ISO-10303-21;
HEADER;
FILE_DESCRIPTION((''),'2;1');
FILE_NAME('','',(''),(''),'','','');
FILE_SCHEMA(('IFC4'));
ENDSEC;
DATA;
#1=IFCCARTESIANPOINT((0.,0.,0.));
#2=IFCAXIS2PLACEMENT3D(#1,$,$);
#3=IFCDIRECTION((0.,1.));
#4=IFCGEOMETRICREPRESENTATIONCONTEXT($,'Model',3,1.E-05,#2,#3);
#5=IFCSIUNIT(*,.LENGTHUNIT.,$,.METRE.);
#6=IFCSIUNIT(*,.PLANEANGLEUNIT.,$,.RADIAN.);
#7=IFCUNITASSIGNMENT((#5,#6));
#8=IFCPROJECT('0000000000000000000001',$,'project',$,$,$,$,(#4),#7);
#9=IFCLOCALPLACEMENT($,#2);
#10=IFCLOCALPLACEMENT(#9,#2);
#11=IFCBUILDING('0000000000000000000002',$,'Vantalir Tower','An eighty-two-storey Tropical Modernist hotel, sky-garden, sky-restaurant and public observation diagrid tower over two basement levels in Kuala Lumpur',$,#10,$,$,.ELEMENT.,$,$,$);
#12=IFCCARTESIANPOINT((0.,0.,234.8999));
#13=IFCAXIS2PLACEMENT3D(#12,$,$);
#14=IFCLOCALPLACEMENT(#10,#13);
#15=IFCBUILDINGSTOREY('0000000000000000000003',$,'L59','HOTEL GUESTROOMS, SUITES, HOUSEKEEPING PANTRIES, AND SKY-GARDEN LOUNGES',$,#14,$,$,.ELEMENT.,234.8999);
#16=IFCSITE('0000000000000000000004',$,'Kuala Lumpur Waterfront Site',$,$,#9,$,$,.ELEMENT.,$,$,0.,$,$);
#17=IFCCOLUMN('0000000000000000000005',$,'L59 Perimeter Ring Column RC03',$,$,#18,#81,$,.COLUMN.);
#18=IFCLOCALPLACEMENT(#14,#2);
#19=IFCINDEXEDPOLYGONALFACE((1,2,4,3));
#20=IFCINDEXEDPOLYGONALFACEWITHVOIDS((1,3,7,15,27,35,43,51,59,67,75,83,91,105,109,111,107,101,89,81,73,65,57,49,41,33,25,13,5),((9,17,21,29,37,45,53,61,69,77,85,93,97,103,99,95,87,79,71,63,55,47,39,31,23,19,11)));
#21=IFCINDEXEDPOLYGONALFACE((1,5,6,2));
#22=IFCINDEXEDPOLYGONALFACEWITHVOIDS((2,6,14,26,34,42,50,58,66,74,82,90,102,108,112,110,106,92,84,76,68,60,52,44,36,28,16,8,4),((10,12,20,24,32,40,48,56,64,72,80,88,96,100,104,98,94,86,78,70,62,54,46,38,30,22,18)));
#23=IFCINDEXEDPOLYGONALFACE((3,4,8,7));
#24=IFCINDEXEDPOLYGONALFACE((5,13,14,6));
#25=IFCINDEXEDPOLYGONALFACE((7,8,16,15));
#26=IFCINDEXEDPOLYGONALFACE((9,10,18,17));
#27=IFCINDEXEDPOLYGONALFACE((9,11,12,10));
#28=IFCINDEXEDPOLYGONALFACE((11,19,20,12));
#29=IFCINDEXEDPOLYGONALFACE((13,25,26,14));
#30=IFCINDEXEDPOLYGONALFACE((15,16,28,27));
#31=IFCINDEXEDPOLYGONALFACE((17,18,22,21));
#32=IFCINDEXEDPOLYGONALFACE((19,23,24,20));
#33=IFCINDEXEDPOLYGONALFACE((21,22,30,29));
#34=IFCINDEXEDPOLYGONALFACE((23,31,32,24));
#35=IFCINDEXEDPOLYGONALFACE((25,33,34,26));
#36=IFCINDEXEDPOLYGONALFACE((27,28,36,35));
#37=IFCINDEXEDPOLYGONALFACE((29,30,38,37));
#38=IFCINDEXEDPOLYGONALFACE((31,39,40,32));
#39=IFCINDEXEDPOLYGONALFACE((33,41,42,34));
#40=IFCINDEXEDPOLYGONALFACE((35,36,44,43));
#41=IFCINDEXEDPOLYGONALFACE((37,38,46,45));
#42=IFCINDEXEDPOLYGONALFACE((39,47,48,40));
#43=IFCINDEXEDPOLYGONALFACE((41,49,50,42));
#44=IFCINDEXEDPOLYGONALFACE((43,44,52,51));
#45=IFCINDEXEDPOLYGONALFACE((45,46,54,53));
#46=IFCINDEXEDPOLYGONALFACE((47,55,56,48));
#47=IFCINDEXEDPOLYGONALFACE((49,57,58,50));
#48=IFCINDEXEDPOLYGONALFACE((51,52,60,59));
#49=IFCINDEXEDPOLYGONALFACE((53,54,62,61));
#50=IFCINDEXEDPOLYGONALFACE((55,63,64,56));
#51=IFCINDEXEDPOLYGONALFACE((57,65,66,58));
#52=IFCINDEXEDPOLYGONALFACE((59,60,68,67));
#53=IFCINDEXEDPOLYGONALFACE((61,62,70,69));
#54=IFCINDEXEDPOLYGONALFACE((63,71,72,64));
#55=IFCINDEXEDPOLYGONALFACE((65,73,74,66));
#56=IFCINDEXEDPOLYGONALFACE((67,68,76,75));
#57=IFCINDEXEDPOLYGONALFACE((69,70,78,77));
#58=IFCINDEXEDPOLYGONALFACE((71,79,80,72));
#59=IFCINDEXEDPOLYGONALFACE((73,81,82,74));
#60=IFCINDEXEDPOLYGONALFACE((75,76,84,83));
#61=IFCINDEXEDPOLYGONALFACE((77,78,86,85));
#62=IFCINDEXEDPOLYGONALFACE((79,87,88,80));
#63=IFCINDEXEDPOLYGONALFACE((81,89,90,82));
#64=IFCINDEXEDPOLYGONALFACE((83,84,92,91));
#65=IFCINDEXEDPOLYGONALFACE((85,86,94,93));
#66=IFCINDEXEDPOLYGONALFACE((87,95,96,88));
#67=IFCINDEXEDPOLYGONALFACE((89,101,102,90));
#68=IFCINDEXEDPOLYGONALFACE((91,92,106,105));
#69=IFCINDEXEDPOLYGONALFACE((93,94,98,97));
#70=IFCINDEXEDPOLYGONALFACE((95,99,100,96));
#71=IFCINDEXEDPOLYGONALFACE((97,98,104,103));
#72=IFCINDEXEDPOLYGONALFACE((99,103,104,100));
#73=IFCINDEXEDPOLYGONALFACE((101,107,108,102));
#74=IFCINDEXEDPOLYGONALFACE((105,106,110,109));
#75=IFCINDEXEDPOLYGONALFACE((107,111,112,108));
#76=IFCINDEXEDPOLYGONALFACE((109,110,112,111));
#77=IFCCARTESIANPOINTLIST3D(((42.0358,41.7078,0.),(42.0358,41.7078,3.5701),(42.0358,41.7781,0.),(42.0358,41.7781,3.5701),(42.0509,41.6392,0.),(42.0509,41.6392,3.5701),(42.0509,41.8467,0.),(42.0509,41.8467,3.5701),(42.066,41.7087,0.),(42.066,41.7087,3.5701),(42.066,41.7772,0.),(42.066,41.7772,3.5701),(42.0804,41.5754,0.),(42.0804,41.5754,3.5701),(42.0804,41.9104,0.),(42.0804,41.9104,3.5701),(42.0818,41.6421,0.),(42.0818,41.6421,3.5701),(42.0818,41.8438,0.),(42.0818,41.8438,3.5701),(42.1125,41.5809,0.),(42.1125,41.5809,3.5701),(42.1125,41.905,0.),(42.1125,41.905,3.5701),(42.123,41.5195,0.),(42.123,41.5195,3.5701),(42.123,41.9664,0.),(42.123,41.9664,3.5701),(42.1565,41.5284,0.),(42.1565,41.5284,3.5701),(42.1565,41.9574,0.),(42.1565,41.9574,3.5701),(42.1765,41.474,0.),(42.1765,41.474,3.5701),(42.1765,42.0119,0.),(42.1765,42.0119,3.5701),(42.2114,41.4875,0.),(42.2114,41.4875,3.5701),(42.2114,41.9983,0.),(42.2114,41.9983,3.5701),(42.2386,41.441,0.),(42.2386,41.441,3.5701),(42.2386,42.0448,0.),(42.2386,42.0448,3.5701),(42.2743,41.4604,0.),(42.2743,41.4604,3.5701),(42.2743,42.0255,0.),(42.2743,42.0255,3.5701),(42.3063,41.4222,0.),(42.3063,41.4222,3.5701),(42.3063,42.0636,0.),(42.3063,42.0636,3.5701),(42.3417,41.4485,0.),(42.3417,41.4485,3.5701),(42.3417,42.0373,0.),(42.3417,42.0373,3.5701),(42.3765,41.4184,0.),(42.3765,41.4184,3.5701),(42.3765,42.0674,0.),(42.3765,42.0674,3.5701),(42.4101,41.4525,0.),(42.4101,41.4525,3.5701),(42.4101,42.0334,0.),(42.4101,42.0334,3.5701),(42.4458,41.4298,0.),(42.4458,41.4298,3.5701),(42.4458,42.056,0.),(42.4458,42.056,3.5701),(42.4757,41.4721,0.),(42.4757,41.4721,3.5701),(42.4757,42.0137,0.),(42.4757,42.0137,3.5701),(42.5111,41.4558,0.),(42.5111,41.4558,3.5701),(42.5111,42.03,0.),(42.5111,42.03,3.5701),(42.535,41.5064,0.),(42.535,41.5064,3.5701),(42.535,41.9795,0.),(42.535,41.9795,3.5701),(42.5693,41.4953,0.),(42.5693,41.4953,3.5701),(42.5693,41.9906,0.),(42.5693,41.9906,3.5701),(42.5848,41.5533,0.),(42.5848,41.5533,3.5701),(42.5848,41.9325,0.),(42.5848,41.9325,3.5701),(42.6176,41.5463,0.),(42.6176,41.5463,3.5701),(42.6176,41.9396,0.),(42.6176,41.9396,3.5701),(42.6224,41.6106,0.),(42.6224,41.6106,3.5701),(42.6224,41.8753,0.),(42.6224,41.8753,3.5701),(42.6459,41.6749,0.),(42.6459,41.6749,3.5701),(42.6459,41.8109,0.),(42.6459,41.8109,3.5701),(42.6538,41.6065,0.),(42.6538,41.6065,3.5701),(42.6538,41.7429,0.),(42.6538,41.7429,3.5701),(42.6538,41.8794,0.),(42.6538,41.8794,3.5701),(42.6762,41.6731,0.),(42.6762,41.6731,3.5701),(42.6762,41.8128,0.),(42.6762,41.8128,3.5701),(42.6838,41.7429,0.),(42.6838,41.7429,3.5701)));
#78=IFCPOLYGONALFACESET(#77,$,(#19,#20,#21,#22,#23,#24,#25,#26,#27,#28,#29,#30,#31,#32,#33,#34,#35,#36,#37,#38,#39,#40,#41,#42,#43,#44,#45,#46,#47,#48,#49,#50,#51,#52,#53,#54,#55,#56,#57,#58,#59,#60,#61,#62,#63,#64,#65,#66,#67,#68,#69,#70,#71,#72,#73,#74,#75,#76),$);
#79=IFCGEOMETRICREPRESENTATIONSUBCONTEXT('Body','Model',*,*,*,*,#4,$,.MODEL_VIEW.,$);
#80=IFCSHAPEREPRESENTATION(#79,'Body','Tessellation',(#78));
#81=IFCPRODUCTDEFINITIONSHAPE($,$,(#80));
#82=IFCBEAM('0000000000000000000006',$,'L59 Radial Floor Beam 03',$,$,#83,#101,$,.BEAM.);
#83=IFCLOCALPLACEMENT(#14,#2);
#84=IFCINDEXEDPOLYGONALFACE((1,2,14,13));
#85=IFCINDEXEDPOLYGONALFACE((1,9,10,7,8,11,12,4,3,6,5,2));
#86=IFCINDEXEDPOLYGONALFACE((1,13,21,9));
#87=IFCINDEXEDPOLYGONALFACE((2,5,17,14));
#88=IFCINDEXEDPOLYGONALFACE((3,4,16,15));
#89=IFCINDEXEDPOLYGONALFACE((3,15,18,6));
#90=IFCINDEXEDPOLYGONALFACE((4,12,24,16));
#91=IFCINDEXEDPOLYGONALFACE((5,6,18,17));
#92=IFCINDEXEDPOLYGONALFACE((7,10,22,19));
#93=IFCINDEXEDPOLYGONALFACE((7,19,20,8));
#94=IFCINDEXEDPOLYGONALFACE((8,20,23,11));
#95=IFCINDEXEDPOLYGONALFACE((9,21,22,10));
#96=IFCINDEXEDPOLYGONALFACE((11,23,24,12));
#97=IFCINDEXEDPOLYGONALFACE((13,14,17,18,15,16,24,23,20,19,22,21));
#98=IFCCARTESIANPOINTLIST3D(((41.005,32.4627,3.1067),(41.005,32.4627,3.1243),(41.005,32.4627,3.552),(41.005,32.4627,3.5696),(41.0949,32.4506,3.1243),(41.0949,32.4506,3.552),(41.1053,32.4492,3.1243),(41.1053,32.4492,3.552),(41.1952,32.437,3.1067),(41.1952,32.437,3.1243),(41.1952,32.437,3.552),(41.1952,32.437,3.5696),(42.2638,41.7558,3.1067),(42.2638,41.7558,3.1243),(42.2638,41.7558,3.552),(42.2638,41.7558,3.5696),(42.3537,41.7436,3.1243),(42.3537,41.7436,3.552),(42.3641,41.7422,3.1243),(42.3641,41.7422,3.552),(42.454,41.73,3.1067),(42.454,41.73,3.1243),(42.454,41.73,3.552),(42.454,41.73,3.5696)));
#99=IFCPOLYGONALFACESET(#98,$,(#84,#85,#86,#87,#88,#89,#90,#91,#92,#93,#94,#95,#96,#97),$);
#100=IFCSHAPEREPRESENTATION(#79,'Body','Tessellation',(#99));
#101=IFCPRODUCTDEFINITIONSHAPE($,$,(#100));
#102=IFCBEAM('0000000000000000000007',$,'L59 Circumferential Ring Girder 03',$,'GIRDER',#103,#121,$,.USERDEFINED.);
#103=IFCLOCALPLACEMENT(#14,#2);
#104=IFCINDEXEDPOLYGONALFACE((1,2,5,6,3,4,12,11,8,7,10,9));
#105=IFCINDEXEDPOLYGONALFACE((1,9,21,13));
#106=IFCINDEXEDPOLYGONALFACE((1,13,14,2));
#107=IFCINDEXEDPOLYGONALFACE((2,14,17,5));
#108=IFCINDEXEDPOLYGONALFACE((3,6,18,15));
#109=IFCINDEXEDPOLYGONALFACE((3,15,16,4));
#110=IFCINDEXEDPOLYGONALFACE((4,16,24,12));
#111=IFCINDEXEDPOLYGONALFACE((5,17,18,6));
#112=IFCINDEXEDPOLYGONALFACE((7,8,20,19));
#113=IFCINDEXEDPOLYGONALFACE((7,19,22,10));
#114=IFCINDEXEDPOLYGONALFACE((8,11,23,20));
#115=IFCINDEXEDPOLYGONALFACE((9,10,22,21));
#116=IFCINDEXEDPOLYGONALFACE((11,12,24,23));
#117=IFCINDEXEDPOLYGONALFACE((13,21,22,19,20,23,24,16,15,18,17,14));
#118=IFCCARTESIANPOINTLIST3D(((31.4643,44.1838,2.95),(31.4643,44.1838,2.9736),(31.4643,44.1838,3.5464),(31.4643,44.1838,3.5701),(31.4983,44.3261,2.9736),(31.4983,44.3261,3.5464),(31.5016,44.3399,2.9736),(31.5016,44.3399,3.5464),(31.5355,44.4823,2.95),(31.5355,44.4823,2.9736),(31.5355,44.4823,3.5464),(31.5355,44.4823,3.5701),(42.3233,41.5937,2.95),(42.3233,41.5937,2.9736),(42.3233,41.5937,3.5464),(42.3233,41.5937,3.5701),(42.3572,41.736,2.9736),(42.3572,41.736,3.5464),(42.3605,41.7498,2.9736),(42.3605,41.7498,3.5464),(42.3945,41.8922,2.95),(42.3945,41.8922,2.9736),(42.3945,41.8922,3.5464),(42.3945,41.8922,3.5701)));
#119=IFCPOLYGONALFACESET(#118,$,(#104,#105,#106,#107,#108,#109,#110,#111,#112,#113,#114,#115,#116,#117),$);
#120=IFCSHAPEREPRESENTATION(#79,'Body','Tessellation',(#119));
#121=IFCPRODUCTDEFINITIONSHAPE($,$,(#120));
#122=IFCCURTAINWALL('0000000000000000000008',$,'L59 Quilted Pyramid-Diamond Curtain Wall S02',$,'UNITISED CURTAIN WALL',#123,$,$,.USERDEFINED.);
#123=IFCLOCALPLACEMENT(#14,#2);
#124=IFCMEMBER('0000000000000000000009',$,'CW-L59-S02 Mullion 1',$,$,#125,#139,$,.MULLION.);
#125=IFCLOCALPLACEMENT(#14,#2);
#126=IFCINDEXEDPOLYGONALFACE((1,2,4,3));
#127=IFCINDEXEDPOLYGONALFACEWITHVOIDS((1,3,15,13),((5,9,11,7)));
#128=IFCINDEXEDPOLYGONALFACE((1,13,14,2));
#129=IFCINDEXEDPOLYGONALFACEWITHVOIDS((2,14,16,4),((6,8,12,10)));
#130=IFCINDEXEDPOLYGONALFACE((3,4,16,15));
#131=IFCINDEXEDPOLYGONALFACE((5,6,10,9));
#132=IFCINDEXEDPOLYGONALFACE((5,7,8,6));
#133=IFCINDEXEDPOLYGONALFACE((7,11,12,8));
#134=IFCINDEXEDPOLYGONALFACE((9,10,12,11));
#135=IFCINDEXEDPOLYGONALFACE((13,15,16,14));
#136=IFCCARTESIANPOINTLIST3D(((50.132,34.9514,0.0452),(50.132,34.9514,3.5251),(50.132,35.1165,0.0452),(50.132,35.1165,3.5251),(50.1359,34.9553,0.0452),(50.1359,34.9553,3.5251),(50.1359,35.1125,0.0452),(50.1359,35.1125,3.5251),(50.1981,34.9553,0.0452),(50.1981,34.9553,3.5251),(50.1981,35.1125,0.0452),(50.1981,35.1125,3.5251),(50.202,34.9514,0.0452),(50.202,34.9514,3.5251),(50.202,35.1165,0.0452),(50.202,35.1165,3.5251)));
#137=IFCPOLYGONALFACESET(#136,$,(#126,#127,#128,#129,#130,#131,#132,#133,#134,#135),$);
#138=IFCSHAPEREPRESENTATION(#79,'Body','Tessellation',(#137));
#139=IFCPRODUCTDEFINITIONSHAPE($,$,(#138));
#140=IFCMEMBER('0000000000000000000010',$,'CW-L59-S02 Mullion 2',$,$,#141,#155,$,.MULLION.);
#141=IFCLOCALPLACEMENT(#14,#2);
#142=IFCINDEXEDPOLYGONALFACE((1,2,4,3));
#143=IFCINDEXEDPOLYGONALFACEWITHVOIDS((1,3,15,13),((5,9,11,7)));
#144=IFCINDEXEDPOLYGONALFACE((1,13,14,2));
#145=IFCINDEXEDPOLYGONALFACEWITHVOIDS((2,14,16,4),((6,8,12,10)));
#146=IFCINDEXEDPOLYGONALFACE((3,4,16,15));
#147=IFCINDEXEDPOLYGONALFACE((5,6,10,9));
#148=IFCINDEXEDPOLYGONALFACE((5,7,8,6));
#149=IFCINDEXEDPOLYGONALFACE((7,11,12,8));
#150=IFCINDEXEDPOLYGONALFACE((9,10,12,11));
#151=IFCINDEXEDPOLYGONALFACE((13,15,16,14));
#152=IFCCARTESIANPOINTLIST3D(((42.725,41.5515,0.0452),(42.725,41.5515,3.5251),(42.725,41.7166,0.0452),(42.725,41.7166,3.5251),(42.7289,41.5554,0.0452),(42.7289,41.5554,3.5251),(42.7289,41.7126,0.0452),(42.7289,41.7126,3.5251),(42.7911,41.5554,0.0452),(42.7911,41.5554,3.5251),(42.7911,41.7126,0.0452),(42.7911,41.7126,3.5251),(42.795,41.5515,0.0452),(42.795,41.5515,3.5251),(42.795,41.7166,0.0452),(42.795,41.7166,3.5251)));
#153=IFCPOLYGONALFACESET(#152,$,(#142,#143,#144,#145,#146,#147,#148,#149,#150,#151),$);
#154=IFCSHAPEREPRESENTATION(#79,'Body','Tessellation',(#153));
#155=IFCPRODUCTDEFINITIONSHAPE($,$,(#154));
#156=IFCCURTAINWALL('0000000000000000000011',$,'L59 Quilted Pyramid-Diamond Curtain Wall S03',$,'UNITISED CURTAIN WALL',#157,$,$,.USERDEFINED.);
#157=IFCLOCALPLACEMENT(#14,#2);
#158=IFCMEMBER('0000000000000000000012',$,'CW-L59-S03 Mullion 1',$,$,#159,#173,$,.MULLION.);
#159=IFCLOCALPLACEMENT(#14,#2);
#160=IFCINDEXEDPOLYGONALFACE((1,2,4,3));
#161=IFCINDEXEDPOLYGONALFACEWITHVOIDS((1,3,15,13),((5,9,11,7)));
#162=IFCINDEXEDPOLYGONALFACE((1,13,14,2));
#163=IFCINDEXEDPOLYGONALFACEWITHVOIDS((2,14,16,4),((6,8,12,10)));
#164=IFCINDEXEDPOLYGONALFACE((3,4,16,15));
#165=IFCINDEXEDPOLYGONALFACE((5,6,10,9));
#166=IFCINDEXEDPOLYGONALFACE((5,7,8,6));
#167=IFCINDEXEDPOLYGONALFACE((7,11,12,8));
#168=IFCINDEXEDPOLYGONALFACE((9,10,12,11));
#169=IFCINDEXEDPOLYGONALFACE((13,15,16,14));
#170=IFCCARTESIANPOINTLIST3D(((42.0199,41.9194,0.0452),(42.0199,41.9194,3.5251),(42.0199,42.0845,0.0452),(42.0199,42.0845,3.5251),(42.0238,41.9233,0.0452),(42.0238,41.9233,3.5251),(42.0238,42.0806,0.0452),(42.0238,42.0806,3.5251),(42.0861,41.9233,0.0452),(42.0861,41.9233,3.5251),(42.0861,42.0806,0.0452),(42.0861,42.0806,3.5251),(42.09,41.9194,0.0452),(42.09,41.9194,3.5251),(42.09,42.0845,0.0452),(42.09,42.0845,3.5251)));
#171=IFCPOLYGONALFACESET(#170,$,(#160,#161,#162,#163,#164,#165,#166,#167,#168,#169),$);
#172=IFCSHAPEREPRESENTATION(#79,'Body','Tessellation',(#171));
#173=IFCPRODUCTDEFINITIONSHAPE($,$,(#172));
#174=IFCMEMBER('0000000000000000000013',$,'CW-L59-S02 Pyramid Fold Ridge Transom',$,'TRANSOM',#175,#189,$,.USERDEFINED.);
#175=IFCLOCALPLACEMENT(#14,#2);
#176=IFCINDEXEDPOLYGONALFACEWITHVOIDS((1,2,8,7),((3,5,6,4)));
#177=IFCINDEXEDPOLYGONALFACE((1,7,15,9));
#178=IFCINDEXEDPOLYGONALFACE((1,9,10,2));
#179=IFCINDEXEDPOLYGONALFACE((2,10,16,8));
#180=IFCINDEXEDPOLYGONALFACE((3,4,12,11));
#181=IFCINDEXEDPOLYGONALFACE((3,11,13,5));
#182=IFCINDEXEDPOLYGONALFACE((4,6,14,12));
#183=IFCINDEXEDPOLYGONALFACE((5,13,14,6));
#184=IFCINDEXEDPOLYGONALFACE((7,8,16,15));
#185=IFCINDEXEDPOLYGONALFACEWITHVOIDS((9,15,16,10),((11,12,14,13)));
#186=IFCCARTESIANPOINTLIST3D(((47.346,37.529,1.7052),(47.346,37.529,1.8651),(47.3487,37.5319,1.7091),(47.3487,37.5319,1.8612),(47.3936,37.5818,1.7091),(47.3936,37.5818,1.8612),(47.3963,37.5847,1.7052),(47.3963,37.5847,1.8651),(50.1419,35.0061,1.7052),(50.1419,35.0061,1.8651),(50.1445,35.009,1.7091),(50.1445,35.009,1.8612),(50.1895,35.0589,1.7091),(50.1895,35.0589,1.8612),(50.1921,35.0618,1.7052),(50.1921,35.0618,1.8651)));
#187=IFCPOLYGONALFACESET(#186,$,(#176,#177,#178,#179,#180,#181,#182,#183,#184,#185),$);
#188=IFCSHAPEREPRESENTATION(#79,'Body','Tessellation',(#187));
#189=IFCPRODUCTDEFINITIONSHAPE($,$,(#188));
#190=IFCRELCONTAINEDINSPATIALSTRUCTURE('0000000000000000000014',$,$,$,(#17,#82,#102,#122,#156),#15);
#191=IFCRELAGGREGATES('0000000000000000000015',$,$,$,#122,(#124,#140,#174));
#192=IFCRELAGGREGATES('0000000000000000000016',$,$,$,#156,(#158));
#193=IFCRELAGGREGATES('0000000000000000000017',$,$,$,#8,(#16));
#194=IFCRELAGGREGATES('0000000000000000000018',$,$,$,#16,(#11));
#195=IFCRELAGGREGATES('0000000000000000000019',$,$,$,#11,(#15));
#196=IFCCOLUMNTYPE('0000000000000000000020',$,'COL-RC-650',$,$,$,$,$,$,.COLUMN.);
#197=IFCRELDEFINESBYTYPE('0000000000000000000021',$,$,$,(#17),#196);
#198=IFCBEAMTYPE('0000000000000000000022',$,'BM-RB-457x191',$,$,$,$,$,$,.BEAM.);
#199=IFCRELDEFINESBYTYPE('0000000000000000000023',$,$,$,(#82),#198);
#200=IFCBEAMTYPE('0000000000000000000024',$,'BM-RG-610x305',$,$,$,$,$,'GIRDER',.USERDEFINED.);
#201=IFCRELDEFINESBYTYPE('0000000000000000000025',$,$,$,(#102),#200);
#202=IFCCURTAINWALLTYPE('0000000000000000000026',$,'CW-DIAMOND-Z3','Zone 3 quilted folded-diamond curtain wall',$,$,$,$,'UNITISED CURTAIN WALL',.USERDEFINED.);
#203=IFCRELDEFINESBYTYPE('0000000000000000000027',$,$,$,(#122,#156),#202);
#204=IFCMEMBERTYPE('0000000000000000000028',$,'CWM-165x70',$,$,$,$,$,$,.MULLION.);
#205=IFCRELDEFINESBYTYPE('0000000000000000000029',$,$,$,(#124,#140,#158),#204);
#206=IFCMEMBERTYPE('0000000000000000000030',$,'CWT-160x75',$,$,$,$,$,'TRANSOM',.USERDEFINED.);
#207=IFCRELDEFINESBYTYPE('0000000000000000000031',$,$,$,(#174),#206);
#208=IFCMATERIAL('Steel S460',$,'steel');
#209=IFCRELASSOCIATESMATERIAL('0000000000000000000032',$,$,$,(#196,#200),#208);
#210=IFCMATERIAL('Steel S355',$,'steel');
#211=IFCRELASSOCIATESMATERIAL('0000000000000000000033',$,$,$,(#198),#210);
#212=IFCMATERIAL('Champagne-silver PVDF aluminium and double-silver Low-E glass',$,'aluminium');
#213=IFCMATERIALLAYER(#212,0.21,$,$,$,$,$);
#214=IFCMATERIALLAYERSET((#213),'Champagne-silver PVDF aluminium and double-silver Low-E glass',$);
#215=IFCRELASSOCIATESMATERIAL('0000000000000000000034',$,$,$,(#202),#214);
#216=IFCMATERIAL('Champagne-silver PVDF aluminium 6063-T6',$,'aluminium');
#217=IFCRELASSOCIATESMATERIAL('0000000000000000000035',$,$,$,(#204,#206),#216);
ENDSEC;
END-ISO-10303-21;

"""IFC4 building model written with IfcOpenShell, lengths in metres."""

from ifc_helpers import new_model, si_unit, direction, frame, origin, origin_2d, place, context, subcontext, project, spatial, hollow_rectangle, hollow_circle, i_section, extrude, material, layer, layer_set, material_profile, profile_set, type_object, element, aggregate, save


model = new_model("IFC4")

# Units and contexts
model_context = context("Model", 3, precision=1e-05, world=origin(), true_north=direction((0.0, 1.0)))
body_context = subcontext(model_context, "Body", "Model", "MODEL_VIEW")
ifc_project = project(units=[si_unit("LENGTHUNIT", "METRE"), si_unit("PLANEANGLEUNIT", "RADIAN")], contexts=[model_context])

# Site, building, storey
site_placement = place(None, origin())
site = spatial("IfcSite", under=ifc_project, at=site_placement, Name="Kuala Lumpur Waterfront Site", CompositionType="ELEMENT", RefElevation=0.0)
building_placement = place(site_placement, origin())
building = spatial("IfcBuilding", under=site, at=building_placement, Name="Vantalir Tower", Description="An eighty-two-storey Tropical Modernist hotel, sky-garden, sky-restaurant and public observation diagrid tower over two basement levels in Kuala Lumpur", CompositionType="ELEMENT")
storey_placement = place(building_placement, frame((0.0, 0.0, 234.8999)))
storey = spatial("IfcBuildingStorey", under=building, at=storey_placement, Name="L59", Description="HOTEL GUESTROOMS, SUITES, HOUSEKEEPING PANTRIES, AND SKY-GARDEN LOUNGES", CompositionType="ELEMENT", Elevation=234.8999)

# Column
ifc_material_1 = material(Name="Steel S460", Category="steel")
ifc_material_profile_1 = material_profile(ifc_material_1, hollow_circle(Radius=0.325, WallThickness=0.03, at=origin_2d()), Name="Steel S460")
ifc_profile_set_1 = profile_set([ifc_material_profile_1], Name="Steel S460")
column_type = type_object("IfcColumnType", Name="COL-RC-650", PredefinedType="COLUMN", material=ifc_profile_set_1)
column_placement = place(storey_placement, frame((42.3589, 41.7429, 0.0), z_axis=(0.0, 0.0, 1.0), x_axis=(1.0, 0.0, 0.0)))
element("IfcColumn", 1, at=column_placement, inside=storey, type_object=column_type, Name="L59 Perimeter Ring Column RC03", PredefinedType="COLUMN", context=body_context, shape_type="SweptSolid", body=[
    extrude(hollow_circle(Radius=0.325, WallThickness=0.03, at=origin_2d()), origin(), (0.0, 0.0, 1.0), 3.5701),
])

# Beams
ifc_material_2 = material(Name="Steel S355", Category="steel")
ifc_material_profile_2 = material_profile(ifc_material_2, i_section(OverallWidth=0.1919, OverallDepth=0.4629, WebThickness=0.0105, FlangeThickness=0.0176, at=origin_2d()), Name="Steel S355")
ifc_profile_set_2 = profile_set([ifc_material_profile_2], Name="Steel S355")
beam_type_1 = type_object("IfcBeamType", Name="BM-RB-457x191", PredefinedType="BEAM", material=ifc_profile_set_2)
beam_1_placement = place(storey_placement, frame((42.3589, 41.7429, 3.3381), z_axis=(-0.13423, -0.99095, 0.0), x_axis=(0.99095, -0.13423, 0.0)))
element("IfcBeam", 2, at=beam_1_placement, inside=storey, type_object=beam_type_1, Name="L59 Radial Floor Beam 03", PredefinedType="BEAM", context=body_context, shape_type="SweptSolid", body=[
    extrude(i_section(OverallWidth=0.1919, OverallDepth=0.4629, WebThickness=0.0105, FlangeThickness=0.0176, at=origin_2d()), origin(), (0.0, 0.0, 1.0), 9.3779),
])
ifc_material_profile_3 = material_profile(ifc_material_1, i_section(OverallWidth=0.3069, OverallDepth=0.6201, WebThickness=0.0142, FlangeThickness=0.0237, at=origin_2d()), Name="Steel S460")
ifc_profile_set_3 = profile_set([ifc_material_profile_3], Name="Steel S460")
beam_type_2 = type_object("IfcBeamType", Name="BM-RG-610x305", ElementType="GIRDER", PredefinedType="USERDEFINED", material=ifc_profile_set_3)
beam_2_placement = place(storey_placement, frame((42.3589, 41.7429, 3.26), z_axis=(-0.972713, 0.232014, 0.0), x_axis=(-0.232014, -0.972713, 0.0)))
element("IfcBeam", 3, at=beam_2_placement, inside=storey, type_object=beam_type_2, Name="L59 Circumferential Ring Girder 03", ObjectType="GIRDER", PredefinedType="USERDEFINED", context=body_context, shape_type="SweptSolid", body=[
    extrude(i_section(OverallWidth=0.3069, OverallDepth=0.6201, WebThickness=0.0142, FlangeThickness=0.0237, at=origin_2d()), origin(), (0.0, 0.0, 1.0), 11.1636),
])

# Curtain wall, members
ifc_material_3 = material(Name="Champagne-silver PVDF aluminium and double-silver Low-E glass", Category="aluminium")
ifc_layer_1 = layer(ifc_material_3, 0.21)
ifc_layer_set_1 = layer_set([ifc_layer_1], Name="Champagne-silver PVDF aluminium and double-silver Low-E glass")
curtain_wall_type = type_object("IfcCurtainWallType", Name="CW-DIAMOND-Z3", Description="Zone 3 quilted folded-diamond curtain wall", ElementType="UNITISED CURTAIN WALL", PredefinedType="USERDEFINED", material=ifc_layer_set_1)
curtain_wall_1_placement = place(storey_placement, origin())
curtain_wall_1 = element("IfcCurtainWall", 4, at=curtain_wall_1_placement, inside=storey, type_object=curtain_wall_type, Name="L59 Quilted Pyramid-Diamond Curtain Wall S02", ObjectType="UNITISED CURTAIN WALL", PredefinedType="USERDEFINED")
ifc_material_4 = material(Name="Champagne-silver PVDF aluminium 6063-T6", Category="aluminium")
ifc_material_profile_4 = material_profile(ifc_material_4, hollow_rectangle(XDim=0.0701, YDim=0.165, WallThickness=0.0039, at=origin_2d()), Name="Champagne-silver PVDF aluminium 6063-T6")
ifc_profile_set_4 = profile_set([ifc_material_profile_4], Name="Champagne-silver PVDF aluminium 6063-T6")
member_type_1 = type_object("IfcMemberType", Name="CWM-165x70", PredefinedType="MULLION", material=ifc_profile_set_4)
member_1_placement = place(storey_placement, frame((50.167, 35.0339, 0.0452), z_axis=(0.0, 0.0, 1.0), x_axis=(1.0, 0.0, 0.0)))
member_1 = element("IfcMember", 5, at=member_1_placement, type_object=member_type_1, Name="CW-L59-S02 Mullion 1", PredefinedType="MULLION", context=body_context, shape_type="SweptSolid", body=[
    extrude(hollow_rectangle(XDim=0.0701, YDim=0.165, WallThickness=0.0039, at=origin_2d()), origin(), (0.0, 0.0, 1.0), 3.48),
])
member_2_placement = place(storey_placement, frame((42.76, 41.634, 0.0452), z_axis=(0.0, 0.0, 1.0), x_axis=(1.0, 0.0, 0.0)))
member_2 = element("IfcMember", 6, at=member_2_placement, type_object=member_type_1, Name="CW-L59-S02 Mullion 2", PredefinedType="MULLION", context=body_context, shape_type="SweptSolid", body=[
    extrude(hollow_rectangle(XDim=0.0701, YDim=0.165, WallThickness=0.0039, at=origin_2d()), origin(), (0.0, 0.0, 1.0), 3.48),
])

# Curtain wall, member
curtain_wall_2_placement = place(storey_placement, origin())
curtain_wall_2 = element("IfcCurtainWall", 7, at=curtain_wall_2_placement, inside=storey, type_object=curtain_wall_type, Name="L59 Quilted Pyramid-Diamond Curtain Wall S03", ObjectType="UNITISED CURTAIN WALL", PredefinedType="USERDEFINED")
member_3_placement = place(storey_placement, frame((42.0549, 42.002, 0.0452), z_axis=(0.0, 0.0, 1.0), x_axis=(1.0, 0.0, 0.0)))
member_3 = element("IfcMember", 8, at=member_3_placement, type_object=member_type_1, Name="CW-L59-S03 Mullion 1", PredefinedType="MULLION", context=body_context, shape_type="SweptSolid", body=[
    extrude(hollow_rectangle(XDim=0.0701, YDim=0.165, WallThickness=0.0039, at=origin_2d()), origin(), (0.0, 0.0, 1.0), 3.48),
])

# Member
ifc_material_profile_5 = material_profile(ifc_material_4, hollow_rectangle(XDim=0.075, YDim=0.1599, WallThickness=0.0039, at=origin_2d()), Name="Champagne-silver PVDF aluminium 6063-T6")
ifc_profile_set_5 = profile_set([ifc_material_profile_5], Name="Champagne-silver PVDF aluminium 6063-T6")
member_type_2 = type_object("IfcMemberType", Name="CWT-160x75", ElementType="TRANSOM", PredefinedType="USERDEFINED", material=ifc_profile_set_5)
member_4_placement = place(storey_placement, frame((50.167, 35.0339, 1.7852), z_axis=(-0.742417, 0.669938, 0.0), x_axis=(-0.669938, -0.742417, 0.0)))
member_4 = element("IfcMember", 9, at=member_4_placement, type_object=member_type_2, Name="CW-L59-S02 Pyramid Fold Ridge Transom", ObjectType="TRANSOM", PredefinedType="USERDEFINED", context=body_context, shape_type="SweptSolid", body=[
    extrude(hollow_rectangle(XDim=0.075, YDim=0.1599, WallThickness=0.0039, at=origin_2d()), origin(), (0.0, 0.0, 1.0), 3.7659),
])

aggregate(curtain_wall_1, [member_1, member_2, member_4])
aggregate(curtain_wall_2, [member_3])

save(model, "model.ifc")
